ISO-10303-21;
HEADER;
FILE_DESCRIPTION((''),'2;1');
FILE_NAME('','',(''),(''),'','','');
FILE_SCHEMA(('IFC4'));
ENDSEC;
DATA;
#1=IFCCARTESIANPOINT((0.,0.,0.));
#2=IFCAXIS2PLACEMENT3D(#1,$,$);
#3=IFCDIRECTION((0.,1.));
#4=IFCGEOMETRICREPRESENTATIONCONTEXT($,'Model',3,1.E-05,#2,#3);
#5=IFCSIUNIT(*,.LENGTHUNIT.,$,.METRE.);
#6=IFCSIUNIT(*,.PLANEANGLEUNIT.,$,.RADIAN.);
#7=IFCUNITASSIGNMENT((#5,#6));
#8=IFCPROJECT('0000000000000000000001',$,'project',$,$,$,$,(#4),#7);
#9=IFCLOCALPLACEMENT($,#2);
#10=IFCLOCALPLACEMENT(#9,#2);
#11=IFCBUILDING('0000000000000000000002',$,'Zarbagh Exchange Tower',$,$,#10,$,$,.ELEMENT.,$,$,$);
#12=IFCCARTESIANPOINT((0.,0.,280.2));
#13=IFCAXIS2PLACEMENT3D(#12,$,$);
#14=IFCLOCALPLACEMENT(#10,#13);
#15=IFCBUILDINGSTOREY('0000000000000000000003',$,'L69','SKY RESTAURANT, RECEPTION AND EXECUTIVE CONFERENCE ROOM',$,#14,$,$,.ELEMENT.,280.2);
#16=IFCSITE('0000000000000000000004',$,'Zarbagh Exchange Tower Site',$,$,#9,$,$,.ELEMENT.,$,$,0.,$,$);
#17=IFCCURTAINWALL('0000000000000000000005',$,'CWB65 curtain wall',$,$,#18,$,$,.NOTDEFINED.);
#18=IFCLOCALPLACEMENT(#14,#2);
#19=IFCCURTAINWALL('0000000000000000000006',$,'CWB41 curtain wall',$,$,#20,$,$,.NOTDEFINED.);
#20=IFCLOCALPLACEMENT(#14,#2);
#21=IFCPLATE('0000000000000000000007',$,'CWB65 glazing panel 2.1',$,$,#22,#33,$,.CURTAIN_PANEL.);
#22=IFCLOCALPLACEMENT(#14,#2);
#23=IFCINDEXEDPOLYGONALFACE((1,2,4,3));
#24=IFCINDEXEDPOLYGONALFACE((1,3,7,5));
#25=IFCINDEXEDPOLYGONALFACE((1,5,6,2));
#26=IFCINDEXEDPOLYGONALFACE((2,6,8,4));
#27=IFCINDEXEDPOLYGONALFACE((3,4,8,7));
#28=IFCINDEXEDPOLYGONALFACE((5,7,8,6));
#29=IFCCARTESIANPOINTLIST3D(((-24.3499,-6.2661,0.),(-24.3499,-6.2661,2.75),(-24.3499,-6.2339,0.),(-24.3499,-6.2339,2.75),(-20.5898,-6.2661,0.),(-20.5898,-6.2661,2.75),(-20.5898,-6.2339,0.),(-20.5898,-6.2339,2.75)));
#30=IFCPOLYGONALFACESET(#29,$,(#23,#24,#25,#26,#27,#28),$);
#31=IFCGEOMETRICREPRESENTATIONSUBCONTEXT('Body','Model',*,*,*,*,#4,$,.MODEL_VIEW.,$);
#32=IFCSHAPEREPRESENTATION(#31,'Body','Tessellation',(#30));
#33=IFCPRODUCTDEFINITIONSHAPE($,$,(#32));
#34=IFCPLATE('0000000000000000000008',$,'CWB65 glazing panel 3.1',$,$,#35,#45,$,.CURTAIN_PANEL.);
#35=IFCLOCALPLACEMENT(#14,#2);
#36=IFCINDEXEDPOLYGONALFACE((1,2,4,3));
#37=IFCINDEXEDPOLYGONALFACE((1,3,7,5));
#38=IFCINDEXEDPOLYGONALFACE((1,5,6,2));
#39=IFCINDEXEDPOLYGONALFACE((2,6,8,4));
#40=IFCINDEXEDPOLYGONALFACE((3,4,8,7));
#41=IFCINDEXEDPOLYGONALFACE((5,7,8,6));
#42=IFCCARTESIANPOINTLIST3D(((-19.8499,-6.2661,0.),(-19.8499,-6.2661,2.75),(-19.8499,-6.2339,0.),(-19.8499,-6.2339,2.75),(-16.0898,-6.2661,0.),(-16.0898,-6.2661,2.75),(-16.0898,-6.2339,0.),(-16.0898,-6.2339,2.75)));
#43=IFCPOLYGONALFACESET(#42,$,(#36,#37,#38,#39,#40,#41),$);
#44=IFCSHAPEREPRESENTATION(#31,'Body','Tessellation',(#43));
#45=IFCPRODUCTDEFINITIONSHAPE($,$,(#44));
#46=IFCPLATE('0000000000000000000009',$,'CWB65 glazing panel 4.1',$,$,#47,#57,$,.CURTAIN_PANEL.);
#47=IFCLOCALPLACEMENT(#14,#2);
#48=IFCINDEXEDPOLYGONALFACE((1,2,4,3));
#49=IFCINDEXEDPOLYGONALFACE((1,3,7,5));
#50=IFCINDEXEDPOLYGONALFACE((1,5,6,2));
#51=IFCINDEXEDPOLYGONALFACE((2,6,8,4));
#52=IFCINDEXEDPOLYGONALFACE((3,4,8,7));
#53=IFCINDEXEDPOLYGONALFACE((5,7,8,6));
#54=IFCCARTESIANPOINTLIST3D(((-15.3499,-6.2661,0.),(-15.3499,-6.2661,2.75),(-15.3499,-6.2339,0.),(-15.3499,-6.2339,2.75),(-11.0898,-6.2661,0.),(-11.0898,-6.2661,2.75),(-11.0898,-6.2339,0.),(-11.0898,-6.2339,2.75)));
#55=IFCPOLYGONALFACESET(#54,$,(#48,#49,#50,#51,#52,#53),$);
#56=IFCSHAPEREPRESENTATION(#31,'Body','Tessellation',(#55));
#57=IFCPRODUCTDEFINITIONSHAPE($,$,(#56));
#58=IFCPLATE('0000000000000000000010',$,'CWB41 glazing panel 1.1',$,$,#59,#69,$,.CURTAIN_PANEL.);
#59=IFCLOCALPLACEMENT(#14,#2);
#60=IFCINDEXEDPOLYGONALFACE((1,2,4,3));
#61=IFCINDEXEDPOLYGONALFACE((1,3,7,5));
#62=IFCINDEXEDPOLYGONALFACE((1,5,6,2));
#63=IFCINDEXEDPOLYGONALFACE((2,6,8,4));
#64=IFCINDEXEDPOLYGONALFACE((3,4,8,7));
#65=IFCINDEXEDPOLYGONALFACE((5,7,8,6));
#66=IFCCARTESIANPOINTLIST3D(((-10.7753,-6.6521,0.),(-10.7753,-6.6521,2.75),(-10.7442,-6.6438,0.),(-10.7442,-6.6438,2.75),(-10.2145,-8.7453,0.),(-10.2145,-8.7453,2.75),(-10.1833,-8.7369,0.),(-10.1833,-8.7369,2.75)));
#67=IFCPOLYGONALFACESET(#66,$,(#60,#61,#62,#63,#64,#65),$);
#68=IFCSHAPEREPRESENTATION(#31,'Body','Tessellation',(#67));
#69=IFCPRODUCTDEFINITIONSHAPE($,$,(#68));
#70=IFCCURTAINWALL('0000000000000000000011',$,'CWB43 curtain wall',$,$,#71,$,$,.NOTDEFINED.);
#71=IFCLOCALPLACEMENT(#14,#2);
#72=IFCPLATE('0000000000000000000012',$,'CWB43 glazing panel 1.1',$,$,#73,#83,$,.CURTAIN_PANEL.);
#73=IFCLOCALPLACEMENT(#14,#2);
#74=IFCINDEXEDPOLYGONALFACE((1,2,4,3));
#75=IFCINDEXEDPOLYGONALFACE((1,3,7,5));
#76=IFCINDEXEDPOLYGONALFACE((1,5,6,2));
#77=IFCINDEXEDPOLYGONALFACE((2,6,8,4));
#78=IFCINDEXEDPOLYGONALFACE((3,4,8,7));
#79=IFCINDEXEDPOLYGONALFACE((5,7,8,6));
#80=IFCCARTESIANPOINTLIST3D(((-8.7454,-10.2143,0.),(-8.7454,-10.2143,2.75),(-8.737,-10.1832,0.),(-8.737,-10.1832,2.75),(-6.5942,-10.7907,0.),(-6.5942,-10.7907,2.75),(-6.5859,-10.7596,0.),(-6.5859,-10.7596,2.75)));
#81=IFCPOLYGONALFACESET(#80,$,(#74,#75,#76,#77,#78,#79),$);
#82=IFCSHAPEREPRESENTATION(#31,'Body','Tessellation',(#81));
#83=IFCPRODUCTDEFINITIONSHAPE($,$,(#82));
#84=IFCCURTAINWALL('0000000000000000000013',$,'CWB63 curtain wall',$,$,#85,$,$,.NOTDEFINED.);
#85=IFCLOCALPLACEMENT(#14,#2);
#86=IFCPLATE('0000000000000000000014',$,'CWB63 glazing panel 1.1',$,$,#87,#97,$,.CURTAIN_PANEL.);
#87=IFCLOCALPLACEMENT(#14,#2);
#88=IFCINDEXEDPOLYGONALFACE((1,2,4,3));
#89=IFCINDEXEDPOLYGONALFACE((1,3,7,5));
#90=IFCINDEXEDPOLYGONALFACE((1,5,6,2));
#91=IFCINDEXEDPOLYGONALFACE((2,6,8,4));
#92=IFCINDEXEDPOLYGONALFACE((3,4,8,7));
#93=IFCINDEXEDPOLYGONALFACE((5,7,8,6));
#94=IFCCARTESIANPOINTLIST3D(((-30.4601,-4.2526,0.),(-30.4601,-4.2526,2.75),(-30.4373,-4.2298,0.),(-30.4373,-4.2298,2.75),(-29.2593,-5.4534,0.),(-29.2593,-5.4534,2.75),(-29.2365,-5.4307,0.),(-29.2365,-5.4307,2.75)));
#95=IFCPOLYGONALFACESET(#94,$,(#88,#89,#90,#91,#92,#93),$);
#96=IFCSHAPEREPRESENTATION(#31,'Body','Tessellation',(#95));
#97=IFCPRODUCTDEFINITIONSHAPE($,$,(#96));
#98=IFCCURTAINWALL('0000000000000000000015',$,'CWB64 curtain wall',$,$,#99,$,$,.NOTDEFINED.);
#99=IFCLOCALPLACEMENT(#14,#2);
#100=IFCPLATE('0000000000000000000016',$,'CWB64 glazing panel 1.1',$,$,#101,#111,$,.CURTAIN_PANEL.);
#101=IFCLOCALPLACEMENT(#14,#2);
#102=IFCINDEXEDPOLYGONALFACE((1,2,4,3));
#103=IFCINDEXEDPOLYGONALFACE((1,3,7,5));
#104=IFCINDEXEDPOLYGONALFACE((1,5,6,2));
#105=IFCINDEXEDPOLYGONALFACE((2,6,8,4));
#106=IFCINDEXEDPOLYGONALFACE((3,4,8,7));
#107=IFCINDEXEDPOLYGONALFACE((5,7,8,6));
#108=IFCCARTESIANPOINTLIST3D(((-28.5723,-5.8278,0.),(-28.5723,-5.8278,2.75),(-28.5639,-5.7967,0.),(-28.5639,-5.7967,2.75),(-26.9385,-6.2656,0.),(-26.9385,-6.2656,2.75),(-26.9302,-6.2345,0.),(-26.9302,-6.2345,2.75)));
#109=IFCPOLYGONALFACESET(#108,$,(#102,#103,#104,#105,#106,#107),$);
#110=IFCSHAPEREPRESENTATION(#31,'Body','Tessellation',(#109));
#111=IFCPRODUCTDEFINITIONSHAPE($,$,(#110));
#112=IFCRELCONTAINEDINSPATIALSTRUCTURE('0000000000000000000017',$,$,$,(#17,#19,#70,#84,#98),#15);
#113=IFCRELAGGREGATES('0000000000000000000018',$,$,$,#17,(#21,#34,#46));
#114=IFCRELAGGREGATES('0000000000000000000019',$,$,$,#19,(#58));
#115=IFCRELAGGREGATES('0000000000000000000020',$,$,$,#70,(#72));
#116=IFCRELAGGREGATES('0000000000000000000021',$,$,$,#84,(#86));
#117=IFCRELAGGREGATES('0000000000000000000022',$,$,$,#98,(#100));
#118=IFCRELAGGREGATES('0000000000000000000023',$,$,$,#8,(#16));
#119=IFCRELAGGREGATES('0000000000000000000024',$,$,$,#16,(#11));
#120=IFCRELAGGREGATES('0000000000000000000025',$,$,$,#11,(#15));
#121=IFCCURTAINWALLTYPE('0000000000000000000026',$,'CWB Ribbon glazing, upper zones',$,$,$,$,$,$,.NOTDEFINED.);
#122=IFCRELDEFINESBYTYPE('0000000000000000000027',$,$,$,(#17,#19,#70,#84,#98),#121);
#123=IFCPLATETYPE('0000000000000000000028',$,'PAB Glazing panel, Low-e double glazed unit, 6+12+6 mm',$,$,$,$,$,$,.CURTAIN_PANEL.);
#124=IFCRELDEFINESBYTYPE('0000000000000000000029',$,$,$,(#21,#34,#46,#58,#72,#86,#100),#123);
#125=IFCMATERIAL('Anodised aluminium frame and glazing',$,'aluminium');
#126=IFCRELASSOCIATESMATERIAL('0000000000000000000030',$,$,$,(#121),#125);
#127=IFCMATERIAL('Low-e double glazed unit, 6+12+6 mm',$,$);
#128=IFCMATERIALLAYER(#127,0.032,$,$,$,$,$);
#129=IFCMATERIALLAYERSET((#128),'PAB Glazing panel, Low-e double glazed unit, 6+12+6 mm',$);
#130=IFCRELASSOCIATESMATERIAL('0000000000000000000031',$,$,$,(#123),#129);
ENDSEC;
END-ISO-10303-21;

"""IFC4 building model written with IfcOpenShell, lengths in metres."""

from ifc_helpers import new_model, si_unit, direction, frame, origin, place, context, subcontext, project, spatial, polyline, outline, extrude, source, transform, mapped, material, layer, layer_set, type_object, element, aggregate, save


model = new_model("IFC4")

# Units and contexts
model_context = context("Model", 3, precision=1e-05, world=origin(), true_north=direction((0.0, 1.0)))
body_context = subcontext(model_context, "Body", "Model", "MODEL_VIEW")
ifc_project = project(units=[si_unit("LENGTHUNIT", "METRE"), si_unit("PLANEANGLEUNIT", "RADIAN")], contexts=[model_context])

# Site, building, storey
site_placement = place(None, origin())
site = spatial("IfcSite", under=ifc_project, at=site_placement, Name="Zarbagh Exchange Tower Site", CompositionType="ELEMENT", RefElevation=0.0)
building_placement = place(site_placement, origin())
building = spatial("IfcBuilding", under=site, at=building_placement, Name="Zarbagh Exchange Tower", CompositionType="ELEMENT")
storey_placement = place(building_placement, frame((0.0, 0.0, 280.2)))
storey = spatial("IfcBuildingStorey", under=building, at=storey_placement, Name="L69", Description="SKY RESTAURANT, RECEPTION AND EXECUTIVE CONFERENCE ROOM", CompositionType="ELEMENT", Elevation=280.2)

# Shared definitions
ifc_material_1 = material(Name="Anodised aluminium frame and glazing", Category="aluminium")
curtain_wall_type = type_object("IfcCurtainWallType", Name="CWB Ribbon glazing, upper zones", PredefinedType="NOTDEFINED", material=ifc_material_1)
placement = place(storey_placement, origin())

# Curtain wall
curtain_wall_1_placement = place(storey_placement, origin())
curtain_wall_1 = element("IfcCurtainWall", 1, at=curtain_wall_1_placement, inside=storey, type_object=curtain_wall_type, Name="CWB65 curtain wall", PredefinedType="NOTDEFINED")

# Curtain wall
curtain_wall_2_placement = place(storey_placement, origin())
curtain_wall_2 = element("IfcCurtainWall", 2, at=curtain_wall_2_placement, inside=storey, type_object=curtain_wall_type, Name="CWB41 curtain wall", PredefinedType="NOTDEFINED")

# Shared definitions
ifc_material_2 = material(Name="Low-e double glazed unit, 6+12+6 mm")
ifc_layer = layer(ifc_material_2, 0.032)
ifc_layer_set = layer_set([ifc_layer], Name="PAB Glazing panel, Low-e double glazed unit, 6+12+6 mm")
plate_type = type_object("IfcPlateType", Name="PAB Glazing panel, Low-e double glazed unit, 6+12+6 mm", PredefinedType="CURTAIN_PANEL", material=ifc_layer_set)

# Plates
shared_shape_1 = source(origin(), body_context, "Body", "SweptSolid", [
    extrude(outline(polyline([(0.0, -0.0161), (3.76, -0.0161), (3.76, 0.0161), (0.0, 0.0161), (0.0, -0.0161)])), origin(), (0.0, 0.0, 1.0), 2.75),
])
plate_1 = element("IfcPlate", 3, at=placement, type_object=plate_type, Name="CWB65 glazing panel 2.1", PredefinedType="CURTAIN_PANEL", context=body_context, shape_type="MappedRepresentation", body=[
    mapped(shared_shape_1, transform((-24.3499, -6.25, 0.0), x_axis=(1.0, 0.0, 0.0), y_axis=(0.0, 1.0, 0.0), z_axis=(0.0, 0.0, 1.0))),
])
plate_2 = element("IfcPlate", 4, at=placement, type_object=plate_type, Name="CWB65 glazing panel 3.1", PredefinedType="CURTAIN_PANEL", context=body_context, shape_type="MappedRepresentation", body=[
    mapped(shared_shape_1, transform((-19.8499, -6.25, 0.0), x_axis=(1.0, 0.0, 0.0), y_axis=(0.0, 1.0, 0.0), z_axis=(0.0, 0.0, 1.0))),
])
shared_shape_2 = source(origin(), body_context, "Body", "SweptSolid", [
    extrude(outline(polyline([(0.0, -0.0161), (4.26, -0.0161), (4.26, 0.0161), (0.0, 0.0161), (0.0, -0.0161)])), origin(), (0.0, 0.0, 1.0), 2.75),
])
plate_3 = element("IfcPlate", 5, at=placement, type_object=plate_type, Name="CWB65 glazing panel 4.1", PredefinedType="CURTAIN_PANEL", context=body_context, shape_type="MappedRepresentation", body=[
    mapped(shared_shape_2, transform((-15.3499, -6.25, 0.0), x_axis=(1.0, 0.0, 0.0), y_axis=(0.0, 1.0, 0.0), z_axis=(0.0, 0.0, 1.0))),
])
aggregate(curtain_wall_1, [plate_1, plate_2, plate_3])
shared_shape_3 = source(origin(), body_context, "Body", "SweptSolid", [
    extrude(outline(polyline([(0.0, -0.0161), (2.167, -0.0161), (2.167, 0.0161), (0.0, 0.0161), (0.0, -0.0161)])), origin(), (0.0, 0.0, 1.0), 2.75),
])
plate_4 = element("IfcPlate", 6, at=placement, type_object=plate_type, Name="CWB41 glazing panel 1.1", PredefinedType="CURTAIN_PANEL", context=body_context, shape_type="MappedRepresentation", body=[
    mapped(shared_shape_3, transform((-10.7598, -6.6479, 0.0), x_axis=(0.258825, -0.965924, 0.0), y_axis=(0.965924, 0.258825, 0.0), z_axis=(0.0, 0.0, 1.0))),
])
aggregate(curtain_wall_2, [plate_4])

# Curtain walls, plates
curtain_wall_3_placement = place(storey_placement, origin())
curtain_wall_3 = element("IfcCurtainWall", 7, at=curtain_wall_3_placement, inside=storey, type_object=curtain_wall_type, Name="CWB43 curtain wall", PredefinedType="NOTDEFINED")
shared_shape_4 = source(origin(), body_context, "Body", "SweptSolid", [
    extrude(outline(polyline([(0.0, -0.0161), (2.2271, -0.0161), (2.2271, 0.0161), (0.0, 0.0161), (0.0, -0.0161)])), origin(), (0.0, 0.0, 1.0), 2.75),
])
plate_5 = element("IfcPlate", 8, at=placement, type_object=plate_type, Name="CWB43 glazing panel 1.1", PredefinedType="CURTAIN_PANEL", context=body_context, shape_type="MappedRepresentation", body=[
    mapped(shared_shape_4, transform((-8.7412, -10.1987, 0.0), x_axis=(0.965924, -0.258825, 0.0), y_axis=(0.258825, 0.965924, 0.0), z_axis=(0.0, 0.0, 1.0))),
])
aggregate(curtain_wall_3, [plate_5])
curtain_wall_4_placement = place(storey_placement, origin())
curtain_wall_4 = element("IfcCurtainWall", 9, at=curtain_wall_4_placement, inside=storey, type_object=curtain_wall_type, Name="CWB63 curtain wall", PredefinedType="NOTDEFINED")
shared_shape_5 = source(origin(), body_context, "Body", "SweptSolid", [
    extrude(outline(polyline([(0.0, -0.0161), (1.6982, -0.0161), (1.6982, 0.0161), (0.0, 0.0161), (0.0, -0.0161)])), origin(), (0.0, 0.0, 1.0), 2.75),
])
plate_6 = element("IfcPlate", 10, at=placement, type_object=plate_type, Name="CWB63 glazing panel 1.1", PredefinedType="CURTAIN_PANEL", context=body_context, shape_type="MappedRepresentation", body=[
    mapped(shared_shape_5, transform((-30.4487, -4.2412, 0.0), x_axis=(0.707107, -0.707107, 0.0), y_axis=(0.707107, 0.707107, 0.0), z_axis=(0.0, 0.0, 1.0))),
])
aggregate(curtain_wall_4, [plate_6])
curtain_wall_5_placement = place(storey_placement, origin())
curtain_wall_5 = element("IfcCurtainWall", 11, at=curtain_wall_5_placement, inside=storey, type_object=curtain_wall_type, Name="CWB64 curtain wall", PredefinedType="NOTDEFINED")
shared_shape_6 = source(origin(), body_context, "Body", "SweptSolid", [
    extrude(outline(polyline([(0.0, -0.0161), (1.6914, -0.0161), (1.6914, 0.0161), (0.0, 0.0161), (0.0, -0.0161)])), origin(), (0.0, 0.0, 1.0), 2.75),
])
plate_7 = element("IfcPlate", 12, at=placement, type_object=plate_type, Name="CWB64 glazing panel 1.1", PredefinedType="CURTAIN_PANEL", context=body_context, shape_type="MappedRepresentation", body=[
    mapped(shared_shape_6, transform((-28.5681, -5.8123, 0.0), x_axis=(0.965924, -0.258825, 0.0), y_axis=(0.258825, 0.965924, 0.0), z_axis=(0.0, 0.0, 1.0))),
])
aggregate(curtain_wall_5, [plate_7])

save(model, "model.ifc")
